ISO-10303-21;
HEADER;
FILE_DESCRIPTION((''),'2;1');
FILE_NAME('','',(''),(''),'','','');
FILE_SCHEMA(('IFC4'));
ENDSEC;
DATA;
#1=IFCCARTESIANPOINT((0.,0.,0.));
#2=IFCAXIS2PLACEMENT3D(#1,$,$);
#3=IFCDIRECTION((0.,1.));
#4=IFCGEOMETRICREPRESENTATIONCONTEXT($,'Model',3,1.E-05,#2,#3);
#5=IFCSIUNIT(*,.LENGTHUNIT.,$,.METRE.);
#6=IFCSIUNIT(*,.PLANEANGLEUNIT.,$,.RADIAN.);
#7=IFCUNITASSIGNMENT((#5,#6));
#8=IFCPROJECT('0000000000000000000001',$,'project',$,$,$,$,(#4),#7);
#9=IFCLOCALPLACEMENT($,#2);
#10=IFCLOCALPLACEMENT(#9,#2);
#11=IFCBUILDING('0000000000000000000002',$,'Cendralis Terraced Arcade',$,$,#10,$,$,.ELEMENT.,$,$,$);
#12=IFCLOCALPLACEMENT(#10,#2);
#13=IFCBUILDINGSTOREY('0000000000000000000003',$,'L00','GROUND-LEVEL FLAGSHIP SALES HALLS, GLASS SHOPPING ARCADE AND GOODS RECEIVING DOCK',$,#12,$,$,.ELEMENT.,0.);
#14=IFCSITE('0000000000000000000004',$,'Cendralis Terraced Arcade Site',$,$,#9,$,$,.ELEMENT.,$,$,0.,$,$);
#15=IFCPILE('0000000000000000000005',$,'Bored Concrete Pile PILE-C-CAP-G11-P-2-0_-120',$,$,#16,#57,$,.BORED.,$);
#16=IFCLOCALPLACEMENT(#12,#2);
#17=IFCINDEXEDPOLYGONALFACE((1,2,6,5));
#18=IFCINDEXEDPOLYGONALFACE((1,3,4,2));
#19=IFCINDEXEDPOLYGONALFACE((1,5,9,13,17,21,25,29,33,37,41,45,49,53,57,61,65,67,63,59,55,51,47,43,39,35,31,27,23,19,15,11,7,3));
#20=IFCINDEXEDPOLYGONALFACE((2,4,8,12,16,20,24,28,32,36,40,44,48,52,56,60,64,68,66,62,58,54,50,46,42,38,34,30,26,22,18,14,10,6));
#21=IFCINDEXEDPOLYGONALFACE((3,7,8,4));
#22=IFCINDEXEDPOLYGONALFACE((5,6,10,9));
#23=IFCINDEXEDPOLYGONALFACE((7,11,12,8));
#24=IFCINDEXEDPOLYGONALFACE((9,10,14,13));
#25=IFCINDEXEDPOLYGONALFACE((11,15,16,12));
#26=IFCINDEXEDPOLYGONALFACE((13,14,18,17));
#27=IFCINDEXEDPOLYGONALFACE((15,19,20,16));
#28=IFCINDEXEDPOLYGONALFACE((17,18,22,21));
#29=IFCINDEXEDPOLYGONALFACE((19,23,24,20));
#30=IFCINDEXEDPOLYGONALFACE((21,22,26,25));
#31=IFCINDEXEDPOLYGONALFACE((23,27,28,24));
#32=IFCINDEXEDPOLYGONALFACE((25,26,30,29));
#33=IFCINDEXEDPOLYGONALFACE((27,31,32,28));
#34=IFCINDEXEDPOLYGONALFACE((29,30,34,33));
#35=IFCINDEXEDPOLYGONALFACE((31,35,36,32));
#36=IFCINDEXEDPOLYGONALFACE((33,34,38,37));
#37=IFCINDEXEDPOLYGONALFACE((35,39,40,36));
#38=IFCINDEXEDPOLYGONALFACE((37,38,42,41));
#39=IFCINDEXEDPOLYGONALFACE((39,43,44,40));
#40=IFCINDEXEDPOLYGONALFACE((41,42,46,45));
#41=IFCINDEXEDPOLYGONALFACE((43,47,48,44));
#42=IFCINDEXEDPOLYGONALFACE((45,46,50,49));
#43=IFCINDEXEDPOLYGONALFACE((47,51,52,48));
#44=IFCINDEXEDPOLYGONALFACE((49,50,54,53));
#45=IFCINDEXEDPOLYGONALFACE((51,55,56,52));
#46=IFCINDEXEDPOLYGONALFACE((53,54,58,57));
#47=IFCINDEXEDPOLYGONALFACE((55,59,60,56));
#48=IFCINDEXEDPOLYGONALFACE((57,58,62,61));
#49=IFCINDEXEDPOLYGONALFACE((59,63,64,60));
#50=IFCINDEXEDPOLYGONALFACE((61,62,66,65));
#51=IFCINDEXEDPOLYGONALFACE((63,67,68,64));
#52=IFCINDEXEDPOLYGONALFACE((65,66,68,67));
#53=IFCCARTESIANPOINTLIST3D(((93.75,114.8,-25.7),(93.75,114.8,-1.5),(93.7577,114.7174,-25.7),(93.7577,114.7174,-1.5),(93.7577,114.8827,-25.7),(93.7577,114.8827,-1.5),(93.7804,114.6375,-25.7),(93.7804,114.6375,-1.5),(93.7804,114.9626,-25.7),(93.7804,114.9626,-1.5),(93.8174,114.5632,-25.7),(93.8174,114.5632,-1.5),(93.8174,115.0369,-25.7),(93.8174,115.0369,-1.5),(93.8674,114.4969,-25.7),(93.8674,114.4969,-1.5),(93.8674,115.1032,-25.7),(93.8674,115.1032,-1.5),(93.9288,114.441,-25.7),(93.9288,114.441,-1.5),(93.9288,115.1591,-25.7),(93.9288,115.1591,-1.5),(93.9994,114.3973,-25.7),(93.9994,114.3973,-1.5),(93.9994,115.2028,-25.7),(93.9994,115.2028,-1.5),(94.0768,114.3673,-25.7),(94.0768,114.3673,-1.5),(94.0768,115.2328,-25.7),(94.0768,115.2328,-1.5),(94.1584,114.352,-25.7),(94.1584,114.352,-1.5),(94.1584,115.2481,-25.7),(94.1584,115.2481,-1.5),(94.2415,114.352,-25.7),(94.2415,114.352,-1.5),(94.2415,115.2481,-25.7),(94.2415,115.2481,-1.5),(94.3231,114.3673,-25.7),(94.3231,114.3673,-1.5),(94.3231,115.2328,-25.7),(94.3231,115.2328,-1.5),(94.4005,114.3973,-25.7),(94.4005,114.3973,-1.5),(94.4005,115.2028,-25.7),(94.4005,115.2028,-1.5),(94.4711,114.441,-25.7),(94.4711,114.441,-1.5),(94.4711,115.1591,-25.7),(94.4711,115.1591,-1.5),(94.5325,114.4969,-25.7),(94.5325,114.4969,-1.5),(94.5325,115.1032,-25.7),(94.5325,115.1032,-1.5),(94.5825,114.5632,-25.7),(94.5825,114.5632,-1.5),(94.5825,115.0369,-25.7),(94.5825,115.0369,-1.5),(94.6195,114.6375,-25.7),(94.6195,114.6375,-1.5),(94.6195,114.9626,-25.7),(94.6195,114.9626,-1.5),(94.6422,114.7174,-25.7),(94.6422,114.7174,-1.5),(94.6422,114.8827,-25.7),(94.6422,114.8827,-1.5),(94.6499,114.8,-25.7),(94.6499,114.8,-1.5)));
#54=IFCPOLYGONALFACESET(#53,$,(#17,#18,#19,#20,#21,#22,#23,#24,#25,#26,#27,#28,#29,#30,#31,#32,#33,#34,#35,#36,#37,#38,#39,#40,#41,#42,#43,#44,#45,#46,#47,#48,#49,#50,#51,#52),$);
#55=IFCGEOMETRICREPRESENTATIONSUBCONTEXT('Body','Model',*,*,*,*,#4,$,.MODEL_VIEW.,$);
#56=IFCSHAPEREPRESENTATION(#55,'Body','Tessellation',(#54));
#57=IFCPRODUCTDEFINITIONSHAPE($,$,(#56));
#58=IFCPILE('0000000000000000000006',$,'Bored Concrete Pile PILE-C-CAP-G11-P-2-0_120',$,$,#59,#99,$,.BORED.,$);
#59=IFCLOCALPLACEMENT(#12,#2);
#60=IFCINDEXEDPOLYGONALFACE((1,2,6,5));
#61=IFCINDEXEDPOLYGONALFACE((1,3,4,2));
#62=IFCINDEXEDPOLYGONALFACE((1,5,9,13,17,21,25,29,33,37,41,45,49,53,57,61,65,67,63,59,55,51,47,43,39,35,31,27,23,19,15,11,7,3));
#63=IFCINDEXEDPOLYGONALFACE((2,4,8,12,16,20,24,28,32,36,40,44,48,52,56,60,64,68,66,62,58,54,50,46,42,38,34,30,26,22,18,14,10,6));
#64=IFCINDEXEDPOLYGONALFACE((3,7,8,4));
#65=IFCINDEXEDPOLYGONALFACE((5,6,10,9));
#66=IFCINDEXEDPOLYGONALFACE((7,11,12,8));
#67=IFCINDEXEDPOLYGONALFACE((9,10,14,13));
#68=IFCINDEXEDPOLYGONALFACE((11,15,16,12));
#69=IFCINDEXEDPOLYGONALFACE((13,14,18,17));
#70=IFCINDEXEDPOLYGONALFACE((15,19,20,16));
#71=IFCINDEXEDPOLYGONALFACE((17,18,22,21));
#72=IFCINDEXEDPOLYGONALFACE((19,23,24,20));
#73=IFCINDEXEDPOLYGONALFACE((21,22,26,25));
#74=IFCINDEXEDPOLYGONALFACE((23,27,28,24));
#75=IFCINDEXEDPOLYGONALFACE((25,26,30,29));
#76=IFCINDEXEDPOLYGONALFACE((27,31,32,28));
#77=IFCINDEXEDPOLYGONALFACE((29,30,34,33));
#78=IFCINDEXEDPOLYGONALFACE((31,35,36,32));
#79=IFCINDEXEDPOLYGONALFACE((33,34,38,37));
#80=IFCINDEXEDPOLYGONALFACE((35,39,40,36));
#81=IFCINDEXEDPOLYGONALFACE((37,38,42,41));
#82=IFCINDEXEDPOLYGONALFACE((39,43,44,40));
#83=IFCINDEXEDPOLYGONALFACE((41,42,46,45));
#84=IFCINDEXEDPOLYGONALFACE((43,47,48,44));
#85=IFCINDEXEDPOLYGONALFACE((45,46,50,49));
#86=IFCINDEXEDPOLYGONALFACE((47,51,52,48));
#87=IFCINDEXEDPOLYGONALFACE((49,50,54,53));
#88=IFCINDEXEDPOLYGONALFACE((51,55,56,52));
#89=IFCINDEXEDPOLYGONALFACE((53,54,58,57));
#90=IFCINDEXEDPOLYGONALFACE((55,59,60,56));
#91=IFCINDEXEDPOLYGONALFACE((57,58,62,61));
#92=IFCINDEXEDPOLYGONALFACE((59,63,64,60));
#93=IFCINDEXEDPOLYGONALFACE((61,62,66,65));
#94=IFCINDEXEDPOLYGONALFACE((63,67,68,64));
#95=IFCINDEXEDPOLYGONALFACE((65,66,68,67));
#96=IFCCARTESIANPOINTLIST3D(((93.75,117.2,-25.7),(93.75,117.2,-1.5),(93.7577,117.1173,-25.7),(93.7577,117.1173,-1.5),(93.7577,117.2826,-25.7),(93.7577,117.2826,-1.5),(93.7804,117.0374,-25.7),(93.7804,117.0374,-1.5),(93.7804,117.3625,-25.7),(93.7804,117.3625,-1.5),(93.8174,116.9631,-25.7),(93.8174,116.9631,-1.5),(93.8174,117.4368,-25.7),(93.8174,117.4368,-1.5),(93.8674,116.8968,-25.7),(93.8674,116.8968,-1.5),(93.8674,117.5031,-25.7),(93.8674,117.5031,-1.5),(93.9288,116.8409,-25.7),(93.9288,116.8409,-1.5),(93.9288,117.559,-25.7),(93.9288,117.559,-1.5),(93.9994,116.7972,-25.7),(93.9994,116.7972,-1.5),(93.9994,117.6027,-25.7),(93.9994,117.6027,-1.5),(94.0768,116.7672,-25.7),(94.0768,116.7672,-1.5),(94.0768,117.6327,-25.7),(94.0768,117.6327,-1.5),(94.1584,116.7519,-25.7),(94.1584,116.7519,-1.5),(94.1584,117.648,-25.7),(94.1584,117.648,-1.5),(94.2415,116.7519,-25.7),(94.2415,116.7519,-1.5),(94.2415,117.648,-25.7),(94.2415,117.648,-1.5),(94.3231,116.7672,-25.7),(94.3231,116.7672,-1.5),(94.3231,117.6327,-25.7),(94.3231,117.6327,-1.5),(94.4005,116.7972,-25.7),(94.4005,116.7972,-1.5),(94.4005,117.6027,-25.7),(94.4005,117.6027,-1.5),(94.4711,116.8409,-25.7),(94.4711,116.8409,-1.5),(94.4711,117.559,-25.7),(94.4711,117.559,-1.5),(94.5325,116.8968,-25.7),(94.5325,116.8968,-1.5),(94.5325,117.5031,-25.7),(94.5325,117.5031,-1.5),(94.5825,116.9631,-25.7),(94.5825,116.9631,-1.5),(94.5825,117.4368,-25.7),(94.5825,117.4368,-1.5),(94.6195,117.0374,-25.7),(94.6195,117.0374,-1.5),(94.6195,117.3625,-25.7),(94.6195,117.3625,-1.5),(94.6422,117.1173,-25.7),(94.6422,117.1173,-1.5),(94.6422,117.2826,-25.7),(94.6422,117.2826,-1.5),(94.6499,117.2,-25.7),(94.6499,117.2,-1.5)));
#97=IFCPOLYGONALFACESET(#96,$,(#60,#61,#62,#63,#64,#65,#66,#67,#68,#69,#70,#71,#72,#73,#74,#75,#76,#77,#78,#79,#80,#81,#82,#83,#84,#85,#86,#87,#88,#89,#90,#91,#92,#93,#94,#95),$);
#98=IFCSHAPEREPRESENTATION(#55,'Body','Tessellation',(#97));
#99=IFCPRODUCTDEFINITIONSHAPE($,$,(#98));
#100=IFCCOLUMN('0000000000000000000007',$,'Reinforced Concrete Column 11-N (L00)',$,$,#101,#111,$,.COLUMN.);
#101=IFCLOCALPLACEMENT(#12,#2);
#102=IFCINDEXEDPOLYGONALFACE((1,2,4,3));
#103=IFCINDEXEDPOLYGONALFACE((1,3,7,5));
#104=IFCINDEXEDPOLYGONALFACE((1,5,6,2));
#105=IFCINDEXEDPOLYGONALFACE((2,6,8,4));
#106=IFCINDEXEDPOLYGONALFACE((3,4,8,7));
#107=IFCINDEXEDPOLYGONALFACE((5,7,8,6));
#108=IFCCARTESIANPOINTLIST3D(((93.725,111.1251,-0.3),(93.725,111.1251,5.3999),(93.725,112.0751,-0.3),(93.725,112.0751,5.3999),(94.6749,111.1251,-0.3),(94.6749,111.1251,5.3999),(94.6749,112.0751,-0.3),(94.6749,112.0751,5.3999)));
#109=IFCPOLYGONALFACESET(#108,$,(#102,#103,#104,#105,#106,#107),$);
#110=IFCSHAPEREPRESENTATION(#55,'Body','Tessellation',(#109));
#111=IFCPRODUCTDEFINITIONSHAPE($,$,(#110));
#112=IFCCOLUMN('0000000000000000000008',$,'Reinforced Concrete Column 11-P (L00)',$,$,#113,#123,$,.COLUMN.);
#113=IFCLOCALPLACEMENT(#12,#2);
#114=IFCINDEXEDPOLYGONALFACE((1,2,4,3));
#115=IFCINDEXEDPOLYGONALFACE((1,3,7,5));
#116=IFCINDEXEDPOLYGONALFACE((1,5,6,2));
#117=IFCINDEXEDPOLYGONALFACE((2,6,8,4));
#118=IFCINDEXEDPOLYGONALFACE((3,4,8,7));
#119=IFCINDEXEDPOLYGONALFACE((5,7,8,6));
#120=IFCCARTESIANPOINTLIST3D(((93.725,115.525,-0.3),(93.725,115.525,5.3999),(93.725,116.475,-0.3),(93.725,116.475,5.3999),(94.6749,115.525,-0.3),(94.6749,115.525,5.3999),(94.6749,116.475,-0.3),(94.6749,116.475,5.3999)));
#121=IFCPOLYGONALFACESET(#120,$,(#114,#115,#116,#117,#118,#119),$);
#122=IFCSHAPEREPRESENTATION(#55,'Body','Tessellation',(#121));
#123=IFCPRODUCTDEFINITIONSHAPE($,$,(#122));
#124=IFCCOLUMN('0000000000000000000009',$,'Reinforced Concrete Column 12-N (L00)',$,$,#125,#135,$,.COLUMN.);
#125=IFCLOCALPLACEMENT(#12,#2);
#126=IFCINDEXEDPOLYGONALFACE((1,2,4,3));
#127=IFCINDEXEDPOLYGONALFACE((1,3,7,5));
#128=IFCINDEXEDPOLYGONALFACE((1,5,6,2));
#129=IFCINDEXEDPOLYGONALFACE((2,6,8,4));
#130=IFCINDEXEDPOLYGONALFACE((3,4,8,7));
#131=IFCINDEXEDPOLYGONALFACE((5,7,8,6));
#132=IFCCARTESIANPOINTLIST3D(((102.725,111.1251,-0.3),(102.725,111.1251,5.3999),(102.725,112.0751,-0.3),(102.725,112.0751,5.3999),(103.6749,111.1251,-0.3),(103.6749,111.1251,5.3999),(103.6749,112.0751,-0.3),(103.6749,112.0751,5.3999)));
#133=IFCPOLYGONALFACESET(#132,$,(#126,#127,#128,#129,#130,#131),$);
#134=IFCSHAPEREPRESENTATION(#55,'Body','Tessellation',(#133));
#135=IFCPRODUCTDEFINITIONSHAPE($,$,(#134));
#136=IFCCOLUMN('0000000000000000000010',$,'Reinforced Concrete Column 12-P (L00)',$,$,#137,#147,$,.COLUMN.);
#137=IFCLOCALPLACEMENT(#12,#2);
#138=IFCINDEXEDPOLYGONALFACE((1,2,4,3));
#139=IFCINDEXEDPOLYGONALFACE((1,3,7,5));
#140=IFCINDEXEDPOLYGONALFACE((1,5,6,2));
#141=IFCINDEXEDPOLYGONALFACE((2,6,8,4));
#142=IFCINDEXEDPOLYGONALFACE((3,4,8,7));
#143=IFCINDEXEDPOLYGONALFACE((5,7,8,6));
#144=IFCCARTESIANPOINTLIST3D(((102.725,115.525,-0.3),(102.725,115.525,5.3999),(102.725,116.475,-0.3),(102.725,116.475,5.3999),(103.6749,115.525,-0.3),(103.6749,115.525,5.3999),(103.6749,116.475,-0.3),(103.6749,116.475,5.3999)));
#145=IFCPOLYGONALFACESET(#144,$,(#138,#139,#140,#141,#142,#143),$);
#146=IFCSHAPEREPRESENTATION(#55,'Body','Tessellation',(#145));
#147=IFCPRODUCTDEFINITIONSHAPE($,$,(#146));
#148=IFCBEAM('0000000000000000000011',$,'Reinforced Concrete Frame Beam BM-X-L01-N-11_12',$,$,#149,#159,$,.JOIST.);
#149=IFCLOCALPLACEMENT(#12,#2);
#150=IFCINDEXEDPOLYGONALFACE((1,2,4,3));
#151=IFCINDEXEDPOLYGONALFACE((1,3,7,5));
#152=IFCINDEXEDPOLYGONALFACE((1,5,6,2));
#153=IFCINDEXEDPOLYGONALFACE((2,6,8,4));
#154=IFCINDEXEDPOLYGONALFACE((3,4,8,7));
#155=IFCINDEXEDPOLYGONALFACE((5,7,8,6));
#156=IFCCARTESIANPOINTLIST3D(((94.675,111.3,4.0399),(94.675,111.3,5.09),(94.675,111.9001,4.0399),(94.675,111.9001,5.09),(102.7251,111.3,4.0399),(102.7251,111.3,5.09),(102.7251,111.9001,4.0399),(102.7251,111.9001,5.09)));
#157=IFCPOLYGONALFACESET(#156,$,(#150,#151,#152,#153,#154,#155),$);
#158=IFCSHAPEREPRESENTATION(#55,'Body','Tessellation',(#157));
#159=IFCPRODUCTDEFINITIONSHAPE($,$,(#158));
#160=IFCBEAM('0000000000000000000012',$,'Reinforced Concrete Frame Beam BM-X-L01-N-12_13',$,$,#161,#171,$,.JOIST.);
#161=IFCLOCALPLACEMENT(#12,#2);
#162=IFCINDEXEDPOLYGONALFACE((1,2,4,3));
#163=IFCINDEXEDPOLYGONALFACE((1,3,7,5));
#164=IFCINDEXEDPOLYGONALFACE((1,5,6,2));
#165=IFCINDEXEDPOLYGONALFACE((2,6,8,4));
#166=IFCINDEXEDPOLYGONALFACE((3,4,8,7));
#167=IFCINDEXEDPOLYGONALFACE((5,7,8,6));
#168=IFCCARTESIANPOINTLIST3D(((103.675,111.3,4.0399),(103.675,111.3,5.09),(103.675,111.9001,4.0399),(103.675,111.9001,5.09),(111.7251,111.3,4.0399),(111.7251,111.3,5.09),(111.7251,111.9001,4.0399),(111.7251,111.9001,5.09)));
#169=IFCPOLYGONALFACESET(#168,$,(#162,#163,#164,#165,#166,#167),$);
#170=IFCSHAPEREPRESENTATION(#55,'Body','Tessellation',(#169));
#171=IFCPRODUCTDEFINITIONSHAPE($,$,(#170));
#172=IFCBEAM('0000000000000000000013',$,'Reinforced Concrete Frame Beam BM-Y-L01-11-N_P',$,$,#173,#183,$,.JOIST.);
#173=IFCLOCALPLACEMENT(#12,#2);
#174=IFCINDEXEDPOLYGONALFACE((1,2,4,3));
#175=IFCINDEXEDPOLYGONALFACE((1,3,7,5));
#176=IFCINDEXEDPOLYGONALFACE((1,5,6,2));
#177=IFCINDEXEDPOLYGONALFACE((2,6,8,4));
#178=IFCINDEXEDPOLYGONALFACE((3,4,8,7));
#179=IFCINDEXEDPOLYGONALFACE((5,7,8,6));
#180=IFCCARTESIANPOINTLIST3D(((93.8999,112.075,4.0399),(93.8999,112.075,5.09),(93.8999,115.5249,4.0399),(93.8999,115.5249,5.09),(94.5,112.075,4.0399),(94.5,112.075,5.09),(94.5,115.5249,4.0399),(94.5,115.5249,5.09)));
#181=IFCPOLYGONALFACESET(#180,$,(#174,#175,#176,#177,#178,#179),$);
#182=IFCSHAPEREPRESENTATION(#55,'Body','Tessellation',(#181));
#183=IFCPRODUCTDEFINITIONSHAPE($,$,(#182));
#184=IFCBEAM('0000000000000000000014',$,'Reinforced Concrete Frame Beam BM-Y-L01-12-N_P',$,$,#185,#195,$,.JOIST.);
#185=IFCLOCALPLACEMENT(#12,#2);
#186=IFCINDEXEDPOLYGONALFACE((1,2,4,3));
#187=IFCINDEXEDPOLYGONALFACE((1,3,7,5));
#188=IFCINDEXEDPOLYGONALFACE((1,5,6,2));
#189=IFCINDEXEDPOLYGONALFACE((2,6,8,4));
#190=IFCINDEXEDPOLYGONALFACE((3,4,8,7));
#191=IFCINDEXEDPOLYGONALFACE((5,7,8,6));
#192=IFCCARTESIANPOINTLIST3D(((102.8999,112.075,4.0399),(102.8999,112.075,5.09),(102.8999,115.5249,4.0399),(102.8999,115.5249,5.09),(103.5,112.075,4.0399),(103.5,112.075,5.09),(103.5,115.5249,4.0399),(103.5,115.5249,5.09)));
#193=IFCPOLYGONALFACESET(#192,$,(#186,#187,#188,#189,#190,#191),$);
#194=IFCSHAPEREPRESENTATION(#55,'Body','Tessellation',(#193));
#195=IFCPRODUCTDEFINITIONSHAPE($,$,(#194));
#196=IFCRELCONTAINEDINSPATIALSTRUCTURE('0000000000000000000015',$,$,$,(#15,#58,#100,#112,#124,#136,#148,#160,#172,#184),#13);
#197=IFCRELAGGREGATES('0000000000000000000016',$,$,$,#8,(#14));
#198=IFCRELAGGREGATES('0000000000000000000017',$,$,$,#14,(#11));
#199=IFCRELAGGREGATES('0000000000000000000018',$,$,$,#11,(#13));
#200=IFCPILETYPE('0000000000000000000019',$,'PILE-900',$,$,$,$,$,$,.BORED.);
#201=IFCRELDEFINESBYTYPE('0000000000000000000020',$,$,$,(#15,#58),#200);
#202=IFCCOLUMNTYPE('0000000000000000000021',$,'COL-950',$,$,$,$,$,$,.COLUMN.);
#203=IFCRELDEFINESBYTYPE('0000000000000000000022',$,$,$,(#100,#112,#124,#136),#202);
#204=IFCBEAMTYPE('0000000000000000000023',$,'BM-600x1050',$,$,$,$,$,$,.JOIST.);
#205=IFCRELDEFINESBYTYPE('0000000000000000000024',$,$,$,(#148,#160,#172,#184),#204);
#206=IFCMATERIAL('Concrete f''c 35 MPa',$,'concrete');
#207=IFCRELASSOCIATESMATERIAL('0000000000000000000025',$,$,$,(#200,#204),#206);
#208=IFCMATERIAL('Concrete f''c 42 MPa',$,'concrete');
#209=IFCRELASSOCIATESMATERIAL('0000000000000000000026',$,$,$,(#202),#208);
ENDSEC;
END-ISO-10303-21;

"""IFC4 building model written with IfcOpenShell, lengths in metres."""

from ifc_helpers import new_model, si_unit, direction, frame, origin, origin_2d, place, context, subcontext, project, spatial, rectangle, circle, extrude, material, material_profile, profile_set, type_object, element, save


model = new_model("IFC4")

# Units and contexts
model_context = context("Model", 3, precision=1e-05, world=origin(), true_north=direction((0.0, 1.0)))
body_context = subcontext(model_context, "Body", "Model", "MODEL_VIEW")
ifc_project = project(units=[si_unit("LENGTHUNIT", "METRE"), si_unit("PLANEANGLEUNIT", "RADIAN")], contexts=[model_context])

# Site, building, storey
site_placement = place(None, origin())
site = spatial("IfcSite", under=ifc_project, at=site_placement, Name="Cendralis Terraced Arcade Site", CompositionType="ELEMENT", RefElevation=0.0)
building_placement = place(site_placement, origin())
building = spatial("IfcBuilding", under=site, at=building_placement, Name="Cendralis Terraced Arcade", CompositionType="ELEMENT")
storey_placement = place(building_placement, origin())
storey = spatial("IfcBuildingStorey", under=building, at=storey_placement, Name="L00", Description="GROUND-LEVEL FLAGSHIP SALES HALLS, GLASS SHOPPING ARCADE AND GOODS RECEIVING DOCK", CompositionType="ELEMENT", Elevation=0.0)

# Shared definitions
ifc_material_1 = material(Name="Concrete f'c 35 MPa", Category="concrete")

# Piles
ifc_material_profile_1 = material_profile(ifc_material_1, circle(Radius=0.45, at=origin_2d()), Name="PILE-D900", Category="LoadBearing")
ifc_profile_set_1 = profile_set([ifc_material_profile_1], Name="Concrete f'c 35 MPa")
pile_type_1 = type_object("IfcPileType", Name="PILE-900", PredefinedType="BORED", material=ifc_profile_set_1)
for number, where, z_axis, x_axis, name in (
    (1, (94.2, 114.8, -1.5), (0.0, 0.0, -1.0), (1.0, 0.0, 0.0), "Bored Concrete Pile PILE-C-CAP-G11-P-2-0_-120"),
    (2, (94.2, 117.2, -1.5), (0.0, 0.0, -1.0), (1.0, 0.0, 0.0), "Bored Concrete Pile PILE-C-CAP-G11-P-2-0_120"),
):
    element("IfcPile", number, at=place(storey_placement, frame(where, z_axis=z_axis, x_axis=x_axis)), inside=storey, type_object=pile_type_1, Name=name, PredefinedType="BORED", context=body_context, shape_type="SweptSolid", body=[
        extrude(circle(Radius=0.45, at=origin_2d()), origin(), (0.0, 0.0, 1.0), 24.2),
    ])

# Columns
ifc_material_2 = material(Name="Concrete f'c 42 MPa", Category="concrete")
ifc_material_profile_2 = material_profile(ifc_material_2, rectangle(XDim=0.95, YDim=0.95, at=origin_2d()), Name="RC-COL-950x950", Category="LoadBearing")
ifc_profile_set_2 = profile_set([ifc_material_profile_2], Name="Concrete f'c 42 MPa")
column_type = type_object("IfcColumnType", Name="COL-950", PredefinedType="COLUMN", material=ifc_profile_set_2)
for number, where, z_axis, x_axis, name in (
    (3, (94.2, 111.6001, -0.3), (0.0, 0.0, 1.0), (1.0, 0.0, 0.0), "Reinforced Concrete Column 11-N (L00)"),
    (4, (94.2, 116.0, -0.3), (0.0, 0.0, 1.0), (1.0, 0.0, 0.0), "Reinforced Concrete Column 11-P (L00)"),
    (5, (103.2, 111.6001, -0.3), (0.0, 0.0, 1.0), (1.0, 0.0, 0.0), "Reinforced Concrete Column 12-N (L00)"),
    (6, (103.2, 116.0, -0.3), (0.0, 0.0, 1.0), (1.0, 0.0, 0.0), "Reinforced Concrete Column 12-P (L00)"),
):
    element("IfcColumn", number, at=place(storey_placement, frame(where, z_axis=z_axis, x_axis=x_axis)), inside=storey, type_object=column_type, Name=name, PredefinedType="COLUMN", context=body_context, shape_type="SweptSolid", body=[
        extrude(rectangle(XDim=0.95, YDim=0.95, at=origin_2d()), origin(), (0.0, 0.0, 1.0), 5.7),
    ])

# Beams
ifc_material_profile_3 = material_profile(ifc_material_1, rectangle(XDim=0.6001, YDim=1.05, at=origin_2d()), Name="RC-BM-600x1050", Category="LoadBearing")
ifc_profile_set_3 = profile_set([ifc_material_profile_3], Name="Concrete f'c 35 MPa")
beam_type = type_object("IfcBeamType", Name="BM-600x1050", PredefinedType="JOIST", material=ifc_profile_set_3)
for number, where, z_axis, x_axis, name in (
    (7, (94.675, 111.6001, 4.5649), (1.0, 0.0, 0.0), (0.0, 1.0, 0.0), "Reinforced Concrete Frame Beam BM-X-L01-N-11_12"),
    (8, (103.675, 111.6001, 4.5649), (1.0, 0.0, 0.0), (0.0, 1.0, 0.0), "Reinforced Concrete Frame Beam BM-X-L01-N-12_13"),
):
    element("IfcBeam", number, at=place(storey_placement, frame(where, z_axis=z_axis, x_axis=x_axis)), inside=storey, type_object=beam_type, Name=name, PredefinedType="JOIST", context=body_context, shape_type="SweptSolid", body=[
        extrude(rectangle(XDim=0.6001, YDim=1.05, at=origin_2d()), origin(), (0.0, 0.0, 1.0), 8.05),
    ])
for number, where, z_axis, x_axis, name in (
    (9, (94.2, 112.075, 4.5649), (0.0, 1.0, 0.0), (-1.0, 0.0, 0.0), "Reinforced Concrete Frame Beam BM-Y-L01-11-N_P"),
    (10, (103.2, 112.075, 4.5649), (0.0, 1.0, 0.0), (-1.0, 0.0, 0.0), "Reinforced Concrete Frame Beam BM-Y-L01-12-N_P"),
):
    element("IfcBeam", number, at=place(storey_placement, frame(where, z_axis=z_axis, x_axis=x_axis)), inside=storey, type_object=beam_type, Name=name, PredefinedType="JOIST", context=body_context, shape_type="SweptSolid", body=[
        extrude(rectangle(XDim=0.6001, YDim=1.05, at=origin_2d()), origin(), (0.0, 0.0, 1.0), 3.45),
    ])

save(model, "model.ifc")
